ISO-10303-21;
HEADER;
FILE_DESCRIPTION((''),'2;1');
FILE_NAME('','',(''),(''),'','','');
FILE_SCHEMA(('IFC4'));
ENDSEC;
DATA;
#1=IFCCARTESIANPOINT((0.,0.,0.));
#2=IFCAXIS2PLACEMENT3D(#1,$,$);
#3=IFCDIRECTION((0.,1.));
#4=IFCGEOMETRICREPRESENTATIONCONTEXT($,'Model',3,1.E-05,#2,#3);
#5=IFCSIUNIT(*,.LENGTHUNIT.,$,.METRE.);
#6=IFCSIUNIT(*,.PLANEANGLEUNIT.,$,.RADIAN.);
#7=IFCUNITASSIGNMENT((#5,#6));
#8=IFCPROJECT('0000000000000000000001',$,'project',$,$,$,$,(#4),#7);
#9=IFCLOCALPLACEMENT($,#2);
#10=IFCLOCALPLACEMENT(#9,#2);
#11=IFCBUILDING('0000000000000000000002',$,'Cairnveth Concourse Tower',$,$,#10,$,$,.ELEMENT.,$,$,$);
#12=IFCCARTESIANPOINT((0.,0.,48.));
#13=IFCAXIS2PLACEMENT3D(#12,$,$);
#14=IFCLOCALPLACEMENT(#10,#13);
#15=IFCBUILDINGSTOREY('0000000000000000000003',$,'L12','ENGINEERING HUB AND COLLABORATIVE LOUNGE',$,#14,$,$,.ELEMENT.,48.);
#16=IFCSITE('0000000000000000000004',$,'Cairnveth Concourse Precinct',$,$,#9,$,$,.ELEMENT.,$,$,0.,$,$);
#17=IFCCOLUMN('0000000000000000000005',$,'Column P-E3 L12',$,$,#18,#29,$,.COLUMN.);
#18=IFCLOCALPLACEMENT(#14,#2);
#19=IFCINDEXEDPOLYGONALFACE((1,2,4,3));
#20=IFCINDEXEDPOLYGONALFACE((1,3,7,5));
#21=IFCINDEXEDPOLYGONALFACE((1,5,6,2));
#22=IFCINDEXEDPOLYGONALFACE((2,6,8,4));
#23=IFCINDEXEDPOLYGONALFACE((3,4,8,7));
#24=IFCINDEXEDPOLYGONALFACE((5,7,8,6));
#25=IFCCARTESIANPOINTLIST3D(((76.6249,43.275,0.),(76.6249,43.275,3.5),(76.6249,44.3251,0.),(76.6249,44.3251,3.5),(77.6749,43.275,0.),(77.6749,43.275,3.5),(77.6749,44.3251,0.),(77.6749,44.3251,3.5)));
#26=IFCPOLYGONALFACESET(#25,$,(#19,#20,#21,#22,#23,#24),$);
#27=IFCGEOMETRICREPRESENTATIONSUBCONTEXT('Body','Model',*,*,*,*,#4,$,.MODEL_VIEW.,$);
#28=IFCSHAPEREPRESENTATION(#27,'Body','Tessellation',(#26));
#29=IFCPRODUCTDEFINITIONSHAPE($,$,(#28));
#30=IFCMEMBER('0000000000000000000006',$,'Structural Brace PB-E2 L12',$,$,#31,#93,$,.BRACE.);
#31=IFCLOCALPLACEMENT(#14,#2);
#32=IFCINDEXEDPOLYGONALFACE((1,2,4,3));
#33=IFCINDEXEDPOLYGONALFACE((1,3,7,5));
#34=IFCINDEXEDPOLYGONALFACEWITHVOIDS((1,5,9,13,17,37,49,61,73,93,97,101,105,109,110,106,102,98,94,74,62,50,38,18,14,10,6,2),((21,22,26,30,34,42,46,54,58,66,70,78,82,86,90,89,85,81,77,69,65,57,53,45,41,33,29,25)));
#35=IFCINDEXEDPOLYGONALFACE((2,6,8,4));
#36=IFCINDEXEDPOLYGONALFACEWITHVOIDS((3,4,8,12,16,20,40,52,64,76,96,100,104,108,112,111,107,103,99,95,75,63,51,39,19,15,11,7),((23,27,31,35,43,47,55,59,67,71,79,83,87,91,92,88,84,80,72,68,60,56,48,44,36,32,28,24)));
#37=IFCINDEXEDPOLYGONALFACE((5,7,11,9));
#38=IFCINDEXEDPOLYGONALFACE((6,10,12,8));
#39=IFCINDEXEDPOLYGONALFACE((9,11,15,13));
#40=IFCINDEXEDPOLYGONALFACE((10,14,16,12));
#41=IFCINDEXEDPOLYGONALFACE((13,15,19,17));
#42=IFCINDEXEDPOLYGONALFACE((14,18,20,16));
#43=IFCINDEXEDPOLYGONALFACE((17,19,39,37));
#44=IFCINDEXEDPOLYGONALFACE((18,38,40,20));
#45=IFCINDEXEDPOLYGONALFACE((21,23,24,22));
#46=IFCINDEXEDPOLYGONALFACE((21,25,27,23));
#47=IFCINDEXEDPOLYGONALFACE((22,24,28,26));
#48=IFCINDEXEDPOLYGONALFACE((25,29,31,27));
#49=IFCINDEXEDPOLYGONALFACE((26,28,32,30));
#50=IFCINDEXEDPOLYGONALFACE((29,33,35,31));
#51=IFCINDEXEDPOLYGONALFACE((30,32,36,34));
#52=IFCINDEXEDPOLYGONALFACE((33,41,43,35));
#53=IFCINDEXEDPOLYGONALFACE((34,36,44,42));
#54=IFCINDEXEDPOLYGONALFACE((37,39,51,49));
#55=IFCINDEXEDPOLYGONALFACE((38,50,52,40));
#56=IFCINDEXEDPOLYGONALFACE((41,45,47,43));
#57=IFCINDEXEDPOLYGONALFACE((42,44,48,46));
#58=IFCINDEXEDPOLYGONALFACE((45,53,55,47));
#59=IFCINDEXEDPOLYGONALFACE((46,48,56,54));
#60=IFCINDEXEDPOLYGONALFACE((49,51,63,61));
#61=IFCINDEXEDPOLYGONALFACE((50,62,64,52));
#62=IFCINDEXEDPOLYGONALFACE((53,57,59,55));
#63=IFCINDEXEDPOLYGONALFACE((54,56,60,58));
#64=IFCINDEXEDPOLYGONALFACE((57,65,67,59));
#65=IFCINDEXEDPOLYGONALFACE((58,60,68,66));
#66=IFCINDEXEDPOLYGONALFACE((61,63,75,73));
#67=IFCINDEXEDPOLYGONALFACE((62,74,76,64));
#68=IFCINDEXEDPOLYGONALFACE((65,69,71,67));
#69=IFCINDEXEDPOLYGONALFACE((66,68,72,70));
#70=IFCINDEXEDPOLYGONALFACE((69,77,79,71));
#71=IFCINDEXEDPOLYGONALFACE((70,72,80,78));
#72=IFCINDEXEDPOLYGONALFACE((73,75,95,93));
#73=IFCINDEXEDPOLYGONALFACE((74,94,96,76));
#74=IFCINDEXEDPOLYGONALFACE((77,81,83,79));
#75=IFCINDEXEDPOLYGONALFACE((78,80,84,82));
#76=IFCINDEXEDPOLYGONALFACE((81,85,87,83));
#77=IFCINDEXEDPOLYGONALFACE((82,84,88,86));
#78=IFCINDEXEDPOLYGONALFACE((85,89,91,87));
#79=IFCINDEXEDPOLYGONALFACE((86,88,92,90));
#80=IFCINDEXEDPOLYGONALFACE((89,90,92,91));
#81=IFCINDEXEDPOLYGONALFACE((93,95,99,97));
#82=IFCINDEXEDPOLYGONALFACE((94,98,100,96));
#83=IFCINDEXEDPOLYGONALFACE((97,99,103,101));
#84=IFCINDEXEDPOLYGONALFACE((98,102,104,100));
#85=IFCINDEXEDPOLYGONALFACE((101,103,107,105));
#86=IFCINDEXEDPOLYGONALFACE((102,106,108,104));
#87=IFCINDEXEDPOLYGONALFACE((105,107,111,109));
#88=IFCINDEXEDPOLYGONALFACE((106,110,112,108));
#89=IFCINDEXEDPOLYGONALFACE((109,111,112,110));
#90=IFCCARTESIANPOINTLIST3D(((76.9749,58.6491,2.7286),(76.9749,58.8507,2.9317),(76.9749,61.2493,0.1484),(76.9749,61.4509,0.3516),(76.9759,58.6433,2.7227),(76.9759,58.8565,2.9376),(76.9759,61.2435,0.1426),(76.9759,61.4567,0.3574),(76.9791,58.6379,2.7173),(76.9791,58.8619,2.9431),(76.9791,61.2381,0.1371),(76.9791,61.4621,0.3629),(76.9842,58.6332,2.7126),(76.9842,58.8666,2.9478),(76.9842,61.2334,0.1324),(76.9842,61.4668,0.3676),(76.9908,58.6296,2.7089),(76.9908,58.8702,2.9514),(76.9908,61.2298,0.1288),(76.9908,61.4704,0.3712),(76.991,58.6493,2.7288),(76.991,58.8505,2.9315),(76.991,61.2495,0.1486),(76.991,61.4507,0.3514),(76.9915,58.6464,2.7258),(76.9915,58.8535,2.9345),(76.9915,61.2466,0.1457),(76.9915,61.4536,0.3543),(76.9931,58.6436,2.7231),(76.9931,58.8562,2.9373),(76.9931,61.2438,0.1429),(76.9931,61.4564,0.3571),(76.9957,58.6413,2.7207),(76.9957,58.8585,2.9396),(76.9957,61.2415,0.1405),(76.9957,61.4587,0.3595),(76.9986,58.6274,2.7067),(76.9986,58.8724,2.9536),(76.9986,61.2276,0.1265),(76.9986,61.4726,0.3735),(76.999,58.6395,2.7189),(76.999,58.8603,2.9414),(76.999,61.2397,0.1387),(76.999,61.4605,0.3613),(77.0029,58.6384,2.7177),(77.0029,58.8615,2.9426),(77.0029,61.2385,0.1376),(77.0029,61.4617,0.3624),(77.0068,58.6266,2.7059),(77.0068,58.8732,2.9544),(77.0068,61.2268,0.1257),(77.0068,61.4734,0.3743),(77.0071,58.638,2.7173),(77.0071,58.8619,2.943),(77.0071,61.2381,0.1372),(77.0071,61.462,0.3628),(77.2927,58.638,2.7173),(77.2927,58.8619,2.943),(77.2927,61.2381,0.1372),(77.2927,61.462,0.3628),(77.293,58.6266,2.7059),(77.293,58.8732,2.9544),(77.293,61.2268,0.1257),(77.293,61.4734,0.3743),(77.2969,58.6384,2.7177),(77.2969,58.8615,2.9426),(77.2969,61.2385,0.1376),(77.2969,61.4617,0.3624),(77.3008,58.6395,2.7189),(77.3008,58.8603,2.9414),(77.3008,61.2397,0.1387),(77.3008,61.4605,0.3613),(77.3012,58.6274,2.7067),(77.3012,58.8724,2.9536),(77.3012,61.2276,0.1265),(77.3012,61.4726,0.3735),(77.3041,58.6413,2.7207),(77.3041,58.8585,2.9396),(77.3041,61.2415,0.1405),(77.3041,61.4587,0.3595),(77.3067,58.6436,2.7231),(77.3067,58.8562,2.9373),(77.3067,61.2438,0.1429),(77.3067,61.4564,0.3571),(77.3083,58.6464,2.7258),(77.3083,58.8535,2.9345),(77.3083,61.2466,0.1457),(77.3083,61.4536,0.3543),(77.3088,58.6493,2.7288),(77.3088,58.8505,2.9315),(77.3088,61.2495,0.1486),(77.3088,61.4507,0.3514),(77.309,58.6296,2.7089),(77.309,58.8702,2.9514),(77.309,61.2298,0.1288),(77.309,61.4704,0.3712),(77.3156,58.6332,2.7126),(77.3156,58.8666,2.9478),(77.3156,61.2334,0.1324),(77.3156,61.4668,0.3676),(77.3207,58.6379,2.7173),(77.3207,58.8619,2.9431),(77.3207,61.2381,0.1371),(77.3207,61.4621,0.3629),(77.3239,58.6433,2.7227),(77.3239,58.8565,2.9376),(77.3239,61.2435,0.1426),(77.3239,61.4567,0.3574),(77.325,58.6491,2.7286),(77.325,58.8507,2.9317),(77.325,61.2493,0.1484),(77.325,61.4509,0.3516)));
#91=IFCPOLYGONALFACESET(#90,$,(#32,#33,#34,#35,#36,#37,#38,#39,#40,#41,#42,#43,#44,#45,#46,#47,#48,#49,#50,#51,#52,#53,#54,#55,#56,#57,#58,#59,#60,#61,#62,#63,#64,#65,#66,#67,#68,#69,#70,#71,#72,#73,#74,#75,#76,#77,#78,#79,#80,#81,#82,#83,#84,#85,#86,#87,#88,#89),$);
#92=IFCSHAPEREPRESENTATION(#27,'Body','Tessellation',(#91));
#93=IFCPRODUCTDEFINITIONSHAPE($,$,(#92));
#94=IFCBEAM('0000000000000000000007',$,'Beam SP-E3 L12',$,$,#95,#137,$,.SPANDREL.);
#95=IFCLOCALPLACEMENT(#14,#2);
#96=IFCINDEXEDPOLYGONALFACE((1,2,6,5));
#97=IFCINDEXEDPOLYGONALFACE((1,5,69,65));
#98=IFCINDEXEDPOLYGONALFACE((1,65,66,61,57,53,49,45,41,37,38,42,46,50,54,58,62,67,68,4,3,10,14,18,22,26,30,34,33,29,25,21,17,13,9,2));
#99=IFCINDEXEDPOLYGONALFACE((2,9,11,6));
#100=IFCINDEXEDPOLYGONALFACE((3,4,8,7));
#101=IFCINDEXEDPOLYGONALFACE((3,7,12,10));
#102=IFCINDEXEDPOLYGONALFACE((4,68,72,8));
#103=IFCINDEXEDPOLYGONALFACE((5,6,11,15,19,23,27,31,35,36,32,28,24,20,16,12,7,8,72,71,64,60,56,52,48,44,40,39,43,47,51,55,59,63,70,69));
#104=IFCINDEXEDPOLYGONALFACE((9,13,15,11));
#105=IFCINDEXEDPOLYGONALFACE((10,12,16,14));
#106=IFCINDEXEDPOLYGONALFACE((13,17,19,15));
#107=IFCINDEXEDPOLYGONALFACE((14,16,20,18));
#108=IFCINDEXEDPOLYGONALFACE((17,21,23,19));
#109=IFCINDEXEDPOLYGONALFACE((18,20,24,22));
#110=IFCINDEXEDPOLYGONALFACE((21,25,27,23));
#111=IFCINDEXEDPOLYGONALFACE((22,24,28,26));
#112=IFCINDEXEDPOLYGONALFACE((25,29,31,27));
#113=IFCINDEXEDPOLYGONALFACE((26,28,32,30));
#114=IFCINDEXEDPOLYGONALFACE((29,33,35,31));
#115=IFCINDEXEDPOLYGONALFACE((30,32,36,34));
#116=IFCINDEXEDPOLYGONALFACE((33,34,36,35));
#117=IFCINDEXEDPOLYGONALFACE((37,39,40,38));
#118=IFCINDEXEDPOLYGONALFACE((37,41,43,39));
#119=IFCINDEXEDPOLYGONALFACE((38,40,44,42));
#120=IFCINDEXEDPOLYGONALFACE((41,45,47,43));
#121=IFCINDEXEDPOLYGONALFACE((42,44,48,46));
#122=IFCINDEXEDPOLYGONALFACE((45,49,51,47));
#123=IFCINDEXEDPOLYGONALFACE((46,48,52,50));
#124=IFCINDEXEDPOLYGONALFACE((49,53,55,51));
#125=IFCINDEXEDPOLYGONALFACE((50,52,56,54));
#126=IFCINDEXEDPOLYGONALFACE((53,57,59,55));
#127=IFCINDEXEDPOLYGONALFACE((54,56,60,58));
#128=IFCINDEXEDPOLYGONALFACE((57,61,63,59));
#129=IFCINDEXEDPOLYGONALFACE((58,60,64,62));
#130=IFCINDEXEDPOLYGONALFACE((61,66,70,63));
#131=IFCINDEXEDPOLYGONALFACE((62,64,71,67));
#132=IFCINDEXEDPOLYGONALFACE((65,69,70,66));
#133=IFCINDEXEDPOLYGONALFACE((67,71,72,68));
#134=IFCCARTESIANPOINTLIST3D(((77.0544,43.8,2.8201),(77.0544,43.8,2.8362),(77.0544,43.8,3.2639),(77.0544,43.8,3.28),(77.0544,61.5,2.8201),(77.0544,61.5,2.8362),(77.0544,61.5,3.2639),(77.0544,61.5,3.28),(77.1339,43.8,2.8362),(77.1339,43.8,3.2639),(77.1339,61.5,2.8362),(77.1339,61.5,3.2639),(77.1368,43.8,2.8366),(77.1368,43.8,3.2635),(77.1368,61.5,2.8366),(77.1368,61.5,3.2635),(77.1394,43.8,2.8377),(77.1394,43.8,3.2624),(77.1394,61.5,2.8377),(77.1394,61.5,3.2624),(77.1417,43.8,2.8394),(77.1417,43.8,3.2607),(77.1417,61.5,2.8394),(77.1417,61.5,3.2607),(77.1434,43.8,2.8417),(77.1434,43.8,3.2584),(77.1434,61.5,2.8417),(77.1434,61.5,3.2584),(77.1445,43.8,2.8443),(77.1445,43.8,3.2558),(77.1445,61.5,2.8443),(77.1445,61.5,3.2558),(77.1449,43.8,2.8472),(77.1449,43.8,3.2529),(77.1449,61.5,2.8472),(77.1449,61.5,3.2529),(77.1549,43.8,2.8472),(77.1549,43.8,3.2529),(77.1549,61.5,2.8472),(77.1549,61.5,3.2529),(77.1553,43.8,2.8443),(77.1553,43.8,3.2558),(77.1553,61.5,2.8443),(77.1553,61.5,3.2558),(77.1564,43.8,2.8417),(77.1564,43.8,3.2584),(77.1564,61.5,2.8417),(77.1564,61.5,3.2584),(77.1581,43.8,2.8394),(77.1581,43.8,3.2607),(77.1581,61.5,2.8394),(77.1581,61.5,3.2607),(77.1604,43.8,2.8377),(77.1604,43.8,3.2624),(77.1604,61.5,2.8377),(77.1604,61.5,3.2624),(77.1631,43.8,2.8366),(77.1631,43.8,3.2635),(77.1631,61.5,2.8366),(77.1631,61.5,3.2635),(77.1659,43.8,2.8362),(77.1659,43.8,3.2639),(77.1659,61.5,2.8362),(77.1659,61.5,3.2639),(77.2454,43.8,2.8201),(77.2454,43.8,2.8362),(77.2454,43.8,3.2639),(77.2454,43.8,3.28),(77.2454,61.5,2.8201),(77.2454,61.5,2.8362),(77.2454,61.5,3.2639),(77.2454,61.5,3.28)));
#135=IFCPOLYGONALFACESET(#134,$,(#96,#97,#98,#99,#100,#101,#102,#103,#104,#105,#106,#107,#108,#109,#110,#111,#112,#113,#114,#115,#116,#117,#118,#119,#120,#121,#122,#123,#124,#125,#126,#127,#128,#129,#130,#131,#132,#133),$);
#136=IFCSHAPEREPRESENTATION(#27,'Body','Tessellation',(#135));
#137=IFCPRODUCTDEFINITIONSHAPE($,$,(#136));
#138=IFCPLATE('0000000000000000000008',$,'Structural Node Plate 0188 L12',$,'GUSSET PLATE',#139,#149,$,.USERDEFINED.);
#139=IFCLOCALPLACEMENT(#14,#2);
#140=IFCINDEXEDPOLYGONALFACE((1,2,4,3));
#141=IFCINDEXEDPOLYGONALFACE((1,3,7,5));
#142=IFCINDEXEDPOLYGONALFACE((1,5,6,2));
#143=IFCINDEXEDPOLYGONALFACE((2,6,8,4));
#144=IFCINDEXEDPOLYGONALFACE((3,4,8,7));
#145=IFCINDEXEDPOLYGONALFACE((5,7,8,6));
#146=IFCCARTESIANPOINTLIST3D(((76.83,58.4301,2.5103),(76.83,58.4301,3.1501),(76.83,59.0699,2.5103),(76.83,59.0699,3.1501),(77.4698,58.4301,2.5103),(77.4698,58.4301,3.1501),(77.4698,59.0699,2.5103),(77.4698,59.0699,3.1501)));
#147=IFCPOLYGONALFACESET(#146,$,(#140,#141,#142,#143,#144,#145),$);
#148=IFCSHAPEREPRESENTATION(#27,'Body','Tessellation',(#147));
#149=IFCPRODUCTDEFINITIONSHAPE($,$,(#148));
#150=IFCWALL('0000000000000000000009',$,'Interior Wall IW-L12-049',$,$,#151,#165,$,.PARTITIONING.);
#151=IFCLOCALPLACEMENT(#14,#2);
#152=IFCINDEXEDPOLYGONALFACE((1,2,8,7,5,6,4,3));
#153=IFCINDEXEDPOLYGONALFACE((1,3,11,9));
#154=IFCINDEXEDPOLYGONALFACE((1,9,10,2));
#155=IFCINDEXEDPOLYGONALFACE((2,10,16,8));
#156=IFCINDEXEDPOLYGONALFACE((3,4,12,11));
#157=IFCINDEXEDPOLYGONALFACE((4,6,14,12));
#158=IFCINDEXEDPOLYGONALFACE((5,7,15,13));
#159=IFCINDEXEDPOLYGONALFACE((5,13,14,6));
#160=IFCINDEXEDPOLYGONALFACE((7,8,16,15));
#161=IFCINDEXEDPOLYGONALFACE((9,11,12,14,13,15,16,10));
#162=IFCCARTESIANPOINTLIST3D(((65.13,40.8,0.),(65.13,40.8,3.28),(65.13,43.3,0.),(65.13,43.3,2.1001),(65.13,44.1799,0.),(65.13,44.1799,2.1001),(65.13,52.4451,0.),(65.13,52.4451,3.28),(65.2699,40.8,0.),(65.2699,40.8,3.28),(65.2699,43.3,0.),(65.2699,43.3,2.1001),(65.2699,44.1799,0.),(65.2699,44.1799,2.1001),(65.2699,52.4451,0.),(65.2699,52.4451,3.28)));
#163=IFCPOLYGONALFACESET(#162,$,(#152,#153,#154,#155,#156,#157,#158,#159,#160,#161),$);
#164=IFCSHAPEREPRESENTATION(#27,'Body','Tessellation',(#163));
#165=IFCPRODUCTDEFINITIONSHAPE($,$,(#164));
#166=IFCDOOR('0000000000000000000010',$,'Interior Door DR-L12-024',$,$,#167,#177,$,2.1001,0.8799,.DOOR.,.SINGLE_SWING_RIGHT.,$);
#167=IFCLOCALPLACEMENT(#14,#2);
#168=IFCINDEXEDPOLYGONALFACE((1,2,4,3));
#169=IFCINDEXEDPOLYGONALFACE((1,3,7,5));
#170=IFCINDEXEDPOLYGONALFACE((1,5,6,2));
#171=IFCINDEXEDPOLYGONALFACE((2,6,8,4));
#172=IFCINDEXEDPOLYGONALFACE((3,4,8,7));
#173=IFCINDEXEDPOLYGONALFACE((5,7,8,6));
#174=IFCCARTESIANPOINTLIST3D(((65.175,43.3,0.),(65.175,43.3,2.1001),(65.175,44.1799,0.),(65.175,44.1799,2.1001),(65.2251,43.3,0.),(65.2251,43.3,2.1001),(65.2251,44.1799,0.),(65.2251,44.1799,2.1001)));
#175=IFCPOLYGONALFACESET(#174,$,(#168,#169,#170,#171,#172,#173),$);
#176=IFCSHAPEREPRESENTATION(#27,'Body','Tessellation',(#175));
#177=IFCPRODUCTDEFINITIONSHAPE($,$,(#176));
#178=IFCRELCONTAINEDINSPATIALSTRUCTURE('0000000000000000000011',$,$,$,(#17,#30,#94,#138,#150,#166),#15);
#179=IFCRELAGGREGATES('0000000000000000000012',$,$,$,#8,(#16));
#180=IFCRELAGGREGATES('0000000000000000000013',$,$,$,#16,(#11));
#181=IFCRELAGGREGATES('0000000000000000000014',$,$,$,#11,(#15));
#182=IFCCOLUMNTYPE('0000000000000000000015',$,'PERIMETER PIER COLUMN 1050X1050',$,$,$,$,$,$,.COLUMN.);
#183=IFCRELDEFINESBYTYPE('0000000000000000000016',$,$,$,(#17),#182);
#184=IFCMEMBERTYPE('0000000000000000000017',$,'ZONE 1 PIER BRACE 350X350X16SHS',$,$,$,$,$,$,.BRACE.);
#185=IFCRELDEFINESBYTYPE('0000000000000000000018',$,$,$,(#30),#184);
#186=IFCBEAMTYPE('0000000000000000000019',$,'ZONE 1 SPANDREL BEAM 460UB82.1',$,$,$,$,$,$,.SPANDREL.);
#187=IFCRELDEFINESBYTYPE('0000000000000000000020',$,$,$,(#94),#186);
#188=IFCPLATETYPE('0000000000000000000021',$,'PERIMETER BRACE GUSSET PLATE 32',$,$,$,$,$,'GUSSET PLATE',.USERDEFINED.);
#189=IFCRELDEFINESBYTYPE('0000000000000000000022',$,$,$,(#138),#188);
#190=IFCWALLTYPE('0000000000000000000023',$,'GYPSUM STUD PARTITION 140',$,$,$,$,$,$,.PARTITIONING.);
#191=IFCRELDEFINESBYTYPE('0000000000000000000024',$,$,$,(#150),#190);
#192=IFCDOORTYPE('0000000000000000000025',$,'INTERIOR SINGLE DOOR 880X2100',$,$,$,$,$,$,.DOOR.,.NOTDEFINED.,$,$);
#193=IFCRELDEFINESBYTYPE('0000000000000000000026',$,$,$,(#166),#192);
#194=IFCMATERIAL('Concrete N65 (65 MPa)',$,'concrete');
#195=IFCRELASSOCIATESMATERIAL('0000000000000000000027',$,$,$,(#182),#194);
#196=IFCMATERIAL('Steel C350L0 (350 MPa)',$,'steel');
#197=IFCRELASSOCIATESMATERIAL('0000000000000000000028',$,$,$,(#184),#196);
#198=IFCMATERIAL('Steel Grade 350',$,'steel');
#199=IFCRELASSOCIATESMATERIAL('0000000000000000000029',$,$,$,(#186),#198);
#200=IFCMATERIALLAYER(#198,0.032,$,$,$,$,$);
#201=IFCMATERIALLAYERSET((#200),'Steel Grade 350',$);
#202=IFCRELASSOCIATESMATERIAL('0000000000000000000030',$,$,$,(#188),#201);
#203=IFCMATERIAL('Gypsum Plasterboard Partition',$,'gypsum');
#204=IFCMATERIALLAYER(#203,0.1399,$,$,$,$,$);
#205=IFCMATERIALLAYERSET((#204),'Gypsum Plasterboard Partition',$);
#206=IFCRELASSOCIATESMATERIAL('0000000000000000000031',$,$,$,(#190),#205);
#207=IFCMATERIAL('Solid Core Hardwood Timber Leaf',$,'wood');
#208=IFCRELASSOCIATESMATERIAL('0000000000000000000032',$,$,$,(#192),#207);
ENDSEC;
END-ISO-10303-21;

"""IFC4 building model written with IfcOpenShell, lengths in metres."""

from ifc_helpers import new_model, si_unit, direction, frame, frame_2d, origin, origin_2d, place, context, subcontext, project, spatial, rectangle, hollow_rectangle, i_section, extrude, material, layer, layer_set, material_profile, profile_set, type_object, element, fill, save


model = new_model("IFC4")

# Units and contexts
model_context = context("Model", 3, precision=1e-05, world=origin(), true_north=direction((0.0, 1.0)))
body_context = subcontext(model_context, "Body", "Model", "MODEL_VIEW")
ifc_project = project(units=[si_unit("LENGTHUNIT", "METRE"), si_unit("PLANEANGLEUNIT", "RADIAN")], contexts=[model_context])

# Site, building, storey
site_placement = place(None, origin())
site = spatial("IfcSite", under=ifc_project, at=site_placement, Name="Cairnveth Concourse Precinct", CompositionType="ELEMENT", RefElevation=0.0)
building_placement = place(site_placement, origin())
building = spatial("IfcBuilding", under=site, at=building_placement, Name="Cairnveth Concourse Tower", CompositionType="ELEMENT")
storey_placement = place(building_placement, frame((0.0, 0.0, 48.0)))
storey = spatial("IfcBuildingStorey", under=building, at=storey_placement, Name="L12", Description="ENGINEERING HUB AND COLLABORATIVE LOUNGE", CompositionType="ELEMENT", Elevation=48.0)

# Column
ifc_material_1 = material(Name="Concrete N65 (65 MPa)", Category="concrete")
ifc_material_profile_1 = material_profile(ifc_material_1, rectangle(XDim=1.05, YDim=1.05, at=origin_2d()), Name="RC-COL-1050x1050")
ifc_profile_set_1 = profile_set([ifc_material_profile_1], Name="Concrete N65 (65 MPa)")
column_type = type_object("IfcColumnType", Name="PERIMETER PIER COLUMN 1050X1050", PredefinedType="COLUMN", material=ifc_profile_set_1)
column_placement = place(storey_placement, frame((77.1499, 43.8, 0.0), z_axis=(0.0, 0.0, 1.0), x_axis=(0.0, 1.0, 0.0)))
element("IfcColumn", 1, at=column_placement, inside=storey, type_object=column_type, Name="Column P-E3 L12", PredefinedType="COLUMN", context=body_context, shape_type="SweptSolid", body=[
    extrude(rectangle(XDim=1.05, YDim=1.05, at=origin_2d()), origin(), (0.0, 0.0, 1.0), 3.5),
])

# Member
ifc_material_2 = material(Name="Steel C350L0 (350 MPa)", Category="steel")
ifc_material_profile_2 = material_profile(ifc_material_2, hollow_rectangle(XDim=0.3501, YDim=0.3501, WallThickness=0.0161, InnerFilletRadius=0.0161, OuterFilletRadius=0.032, at=origin_2d()), Name="350x350x16.0SHS")
ifc_profile_set_2 = profile_set([ifc_material_profile_2], Name="Steel C350L0 (350 MPa)")
member_type = type_object("IfcMemberType", Name="ZONE 1 PIER BRACE 350X350X16SHS", PredefinedType="BRACE", material=ifc_profile_set_2)
member_placement = place(storey_placement, frame((77.1499, 61.3501, 0.25), z_axis=(0.0, -0.709834, 0.704369), x_axis=(1.0, 0.0, 0.0)))
element("IfcMember", 2, at=member_placement, inside=storey, type_object=member_type, Name="Structural Brace PB-E2 L12", PredefinedType="BRACE", context=body_context, shape_type="SweptSolid", body=[
    extrude(hollow_rectangle(XDim=0.3501, YDim=0.3501, WallThickness=0.0161, InnerFilletRadius=0.0161, OuterFilletRadius=0.032, at=origin_2d()), origin(), (0.0, 0.0, 1.0), 3.6631),
])

# Beam
ifc_material_3 = material(Name="Steel Grade 350", Category="steel")
ifc_material_profile_3 = material_profile(ifc_material_3, i_section(OverallWidth=0.1909, OverallDepth=0.46, WebThickness=0.01, FlangeThickness=0.0161, FilletRadius=0.011, at=origin_2d()), Name="460UB82.1")
ifc_profile_set_3 = profile_set([ifc_material_profile_3], Name="Steel Grade 350")
beam_type = type_object("IfcBeamType", Name="ZONE 1 SPANDREL BEAM 460UB82.1", PredefinedType="SPANDREL", material=ifc_profile_set_3)
beam_placement = place(storey_placement, frame((77.1499, 43.8, 3.05), z_axis=(0.0, 1.0, 0.0), x_axis=(-1.0, 0.0, 0.0)))
element("IfcBeam", 3, at=beam_placement, inside=storey, type_object=beam_type, Name="Beam SP-E3 L12", PredefinedType="SPANDREL", context=body_context, shape_type="SweptSolid", body=[
    extrude(i_section(OverallWidth=0.1909, OverallDepth=0.46, WebThickness=0.01, FlangeThickness=0.0161, FilletRadius=0.011, at=origin_2d()), origin(), (0.0, 0.0, 1.0), 17.7),
])

# Plate
ifc_layer_1 = layer(ifc_material_3, 0.032)
ifc_layer_set_1 = layer_set([ifc_layer_1], Name="Steel Grade 350")
plate_type = type_object("IfcPlateType", Name="PERIMETER BRACE GUSSET PLATE 32", ElementType="GUSSET PLATE", PredefinedType="USERDEFINED", material=ifc_layer_set_1)
plate_placement = place(storey_placement, frame((77.1499, 58.75, 2.5103), z_axis=(0.0, 0.0, 1.0), x_axis=(1.0, 0.0, 0.0)))
element("IfcPlate", 4, at=plate_placement, inside=storey, type_object=plate_type, Name="Structural Node Plate 0188 L12", ObjectType="GUSSET PLATE", PredefinedType="USERDEFINED", context=body_context, shape_type="SweptSolid", body=[
    extrude(rectangle(XDim=0.6399, YDim=0.6399, at=origin_2d()), origin(), (0.0, 0.0, 1.0), 0.6399),
])

# Wall, opening, door
ifc_material_4 = material(Name="Gypsum Plasterboard Partition", Category="gypsum")
ifc_layer_2 = layer(ifc_material_4, 0.1399)
ifc_layer_set_2 = layer_set([ifc_layer_2], Name="Gypsum Plasterboard Partition")
wall_type_1 = type_object("IfcWallType", Name="GYPSUM STUD PARTITION 140", PredefinedType="PARTITIONING", material=ifc_layer_set_2)
wall_1_placement = place(storey_placement, frame((65.2, 40.8, 0.0), z_axis=(0.0, 0.0, 1.0), x_axis=(0.0, 1.0, 0.0)))
wall_1 = element("IfcWall", 5, at=wall_1_placement, inside=storey, type_object=wall_type_1, Name="Interior Wall IW-L12-049", PredefinedType="PARTITIONING", context=body_context, shape_type="SweptSolid", body=[
    extrude(rectangle(XDim=11.645, YDim=0.1399, at=frame_2d((5.8225, 0.0))), origin(), (0.0, 0.0, 1.0), 3.28),
])
opening_placement = place(wall_1_placement, frame((2.5, 0.0, 0.0)))
opening = element("IfcOpeningElement", 6, at=opening_placement, cuts=wall_1, PredefinedType="OPENING", context=body_context, shape_type="SweptSolid", body=[
    extrude(rectangle(XDim=0.8799, YDim=2.1001, at=frame_2d((0.4399, 1.05))), frame((0.0, 0.0798, 0.0), z_axis=(0.0, -1.0, 0.0), x_axis=(1.0, 0.0, 0.0)), (0.0, 0.0, 1.0), 0.1599),
])
ifc_material_5 = material(Name="Solid Core Hardwood Timber Leaf", Category="wood")
door_type = type_object("IfcDoorType", Name="INTERIOR SINGLE DOOR 880X2100", OperationType="NOTDEFINED", PredefinedType="DOOR", material=ifc_material_5)
door_placement = place(opening_placement, origin())
door = element("IfcDoor", 7, at=door_placement, inside=storey, type_object=door_type, Name="Interior Door DR-L12-024", OperationType="SINGLE_SWING_RIGHT", OverallHeight=2.1001, OverallWidth=0.8799, PredefinedType="DOOR", context=body_context, shape_type="SweptSolid", body=[
    extrude(rectangle(XDim=0.8799, YDim=2.1001, at=frame_2d((0.4399, 1.05))), frame((0.0, 0.0249, 0.0), z_axis=(0.0, -1.0, 0.0), x_axis=(1.0, 0.0, 0.0)), (0.0, 0.0, 1.0), 0.05),
])
fill(opening, door)

save(model, "model.ifc")
